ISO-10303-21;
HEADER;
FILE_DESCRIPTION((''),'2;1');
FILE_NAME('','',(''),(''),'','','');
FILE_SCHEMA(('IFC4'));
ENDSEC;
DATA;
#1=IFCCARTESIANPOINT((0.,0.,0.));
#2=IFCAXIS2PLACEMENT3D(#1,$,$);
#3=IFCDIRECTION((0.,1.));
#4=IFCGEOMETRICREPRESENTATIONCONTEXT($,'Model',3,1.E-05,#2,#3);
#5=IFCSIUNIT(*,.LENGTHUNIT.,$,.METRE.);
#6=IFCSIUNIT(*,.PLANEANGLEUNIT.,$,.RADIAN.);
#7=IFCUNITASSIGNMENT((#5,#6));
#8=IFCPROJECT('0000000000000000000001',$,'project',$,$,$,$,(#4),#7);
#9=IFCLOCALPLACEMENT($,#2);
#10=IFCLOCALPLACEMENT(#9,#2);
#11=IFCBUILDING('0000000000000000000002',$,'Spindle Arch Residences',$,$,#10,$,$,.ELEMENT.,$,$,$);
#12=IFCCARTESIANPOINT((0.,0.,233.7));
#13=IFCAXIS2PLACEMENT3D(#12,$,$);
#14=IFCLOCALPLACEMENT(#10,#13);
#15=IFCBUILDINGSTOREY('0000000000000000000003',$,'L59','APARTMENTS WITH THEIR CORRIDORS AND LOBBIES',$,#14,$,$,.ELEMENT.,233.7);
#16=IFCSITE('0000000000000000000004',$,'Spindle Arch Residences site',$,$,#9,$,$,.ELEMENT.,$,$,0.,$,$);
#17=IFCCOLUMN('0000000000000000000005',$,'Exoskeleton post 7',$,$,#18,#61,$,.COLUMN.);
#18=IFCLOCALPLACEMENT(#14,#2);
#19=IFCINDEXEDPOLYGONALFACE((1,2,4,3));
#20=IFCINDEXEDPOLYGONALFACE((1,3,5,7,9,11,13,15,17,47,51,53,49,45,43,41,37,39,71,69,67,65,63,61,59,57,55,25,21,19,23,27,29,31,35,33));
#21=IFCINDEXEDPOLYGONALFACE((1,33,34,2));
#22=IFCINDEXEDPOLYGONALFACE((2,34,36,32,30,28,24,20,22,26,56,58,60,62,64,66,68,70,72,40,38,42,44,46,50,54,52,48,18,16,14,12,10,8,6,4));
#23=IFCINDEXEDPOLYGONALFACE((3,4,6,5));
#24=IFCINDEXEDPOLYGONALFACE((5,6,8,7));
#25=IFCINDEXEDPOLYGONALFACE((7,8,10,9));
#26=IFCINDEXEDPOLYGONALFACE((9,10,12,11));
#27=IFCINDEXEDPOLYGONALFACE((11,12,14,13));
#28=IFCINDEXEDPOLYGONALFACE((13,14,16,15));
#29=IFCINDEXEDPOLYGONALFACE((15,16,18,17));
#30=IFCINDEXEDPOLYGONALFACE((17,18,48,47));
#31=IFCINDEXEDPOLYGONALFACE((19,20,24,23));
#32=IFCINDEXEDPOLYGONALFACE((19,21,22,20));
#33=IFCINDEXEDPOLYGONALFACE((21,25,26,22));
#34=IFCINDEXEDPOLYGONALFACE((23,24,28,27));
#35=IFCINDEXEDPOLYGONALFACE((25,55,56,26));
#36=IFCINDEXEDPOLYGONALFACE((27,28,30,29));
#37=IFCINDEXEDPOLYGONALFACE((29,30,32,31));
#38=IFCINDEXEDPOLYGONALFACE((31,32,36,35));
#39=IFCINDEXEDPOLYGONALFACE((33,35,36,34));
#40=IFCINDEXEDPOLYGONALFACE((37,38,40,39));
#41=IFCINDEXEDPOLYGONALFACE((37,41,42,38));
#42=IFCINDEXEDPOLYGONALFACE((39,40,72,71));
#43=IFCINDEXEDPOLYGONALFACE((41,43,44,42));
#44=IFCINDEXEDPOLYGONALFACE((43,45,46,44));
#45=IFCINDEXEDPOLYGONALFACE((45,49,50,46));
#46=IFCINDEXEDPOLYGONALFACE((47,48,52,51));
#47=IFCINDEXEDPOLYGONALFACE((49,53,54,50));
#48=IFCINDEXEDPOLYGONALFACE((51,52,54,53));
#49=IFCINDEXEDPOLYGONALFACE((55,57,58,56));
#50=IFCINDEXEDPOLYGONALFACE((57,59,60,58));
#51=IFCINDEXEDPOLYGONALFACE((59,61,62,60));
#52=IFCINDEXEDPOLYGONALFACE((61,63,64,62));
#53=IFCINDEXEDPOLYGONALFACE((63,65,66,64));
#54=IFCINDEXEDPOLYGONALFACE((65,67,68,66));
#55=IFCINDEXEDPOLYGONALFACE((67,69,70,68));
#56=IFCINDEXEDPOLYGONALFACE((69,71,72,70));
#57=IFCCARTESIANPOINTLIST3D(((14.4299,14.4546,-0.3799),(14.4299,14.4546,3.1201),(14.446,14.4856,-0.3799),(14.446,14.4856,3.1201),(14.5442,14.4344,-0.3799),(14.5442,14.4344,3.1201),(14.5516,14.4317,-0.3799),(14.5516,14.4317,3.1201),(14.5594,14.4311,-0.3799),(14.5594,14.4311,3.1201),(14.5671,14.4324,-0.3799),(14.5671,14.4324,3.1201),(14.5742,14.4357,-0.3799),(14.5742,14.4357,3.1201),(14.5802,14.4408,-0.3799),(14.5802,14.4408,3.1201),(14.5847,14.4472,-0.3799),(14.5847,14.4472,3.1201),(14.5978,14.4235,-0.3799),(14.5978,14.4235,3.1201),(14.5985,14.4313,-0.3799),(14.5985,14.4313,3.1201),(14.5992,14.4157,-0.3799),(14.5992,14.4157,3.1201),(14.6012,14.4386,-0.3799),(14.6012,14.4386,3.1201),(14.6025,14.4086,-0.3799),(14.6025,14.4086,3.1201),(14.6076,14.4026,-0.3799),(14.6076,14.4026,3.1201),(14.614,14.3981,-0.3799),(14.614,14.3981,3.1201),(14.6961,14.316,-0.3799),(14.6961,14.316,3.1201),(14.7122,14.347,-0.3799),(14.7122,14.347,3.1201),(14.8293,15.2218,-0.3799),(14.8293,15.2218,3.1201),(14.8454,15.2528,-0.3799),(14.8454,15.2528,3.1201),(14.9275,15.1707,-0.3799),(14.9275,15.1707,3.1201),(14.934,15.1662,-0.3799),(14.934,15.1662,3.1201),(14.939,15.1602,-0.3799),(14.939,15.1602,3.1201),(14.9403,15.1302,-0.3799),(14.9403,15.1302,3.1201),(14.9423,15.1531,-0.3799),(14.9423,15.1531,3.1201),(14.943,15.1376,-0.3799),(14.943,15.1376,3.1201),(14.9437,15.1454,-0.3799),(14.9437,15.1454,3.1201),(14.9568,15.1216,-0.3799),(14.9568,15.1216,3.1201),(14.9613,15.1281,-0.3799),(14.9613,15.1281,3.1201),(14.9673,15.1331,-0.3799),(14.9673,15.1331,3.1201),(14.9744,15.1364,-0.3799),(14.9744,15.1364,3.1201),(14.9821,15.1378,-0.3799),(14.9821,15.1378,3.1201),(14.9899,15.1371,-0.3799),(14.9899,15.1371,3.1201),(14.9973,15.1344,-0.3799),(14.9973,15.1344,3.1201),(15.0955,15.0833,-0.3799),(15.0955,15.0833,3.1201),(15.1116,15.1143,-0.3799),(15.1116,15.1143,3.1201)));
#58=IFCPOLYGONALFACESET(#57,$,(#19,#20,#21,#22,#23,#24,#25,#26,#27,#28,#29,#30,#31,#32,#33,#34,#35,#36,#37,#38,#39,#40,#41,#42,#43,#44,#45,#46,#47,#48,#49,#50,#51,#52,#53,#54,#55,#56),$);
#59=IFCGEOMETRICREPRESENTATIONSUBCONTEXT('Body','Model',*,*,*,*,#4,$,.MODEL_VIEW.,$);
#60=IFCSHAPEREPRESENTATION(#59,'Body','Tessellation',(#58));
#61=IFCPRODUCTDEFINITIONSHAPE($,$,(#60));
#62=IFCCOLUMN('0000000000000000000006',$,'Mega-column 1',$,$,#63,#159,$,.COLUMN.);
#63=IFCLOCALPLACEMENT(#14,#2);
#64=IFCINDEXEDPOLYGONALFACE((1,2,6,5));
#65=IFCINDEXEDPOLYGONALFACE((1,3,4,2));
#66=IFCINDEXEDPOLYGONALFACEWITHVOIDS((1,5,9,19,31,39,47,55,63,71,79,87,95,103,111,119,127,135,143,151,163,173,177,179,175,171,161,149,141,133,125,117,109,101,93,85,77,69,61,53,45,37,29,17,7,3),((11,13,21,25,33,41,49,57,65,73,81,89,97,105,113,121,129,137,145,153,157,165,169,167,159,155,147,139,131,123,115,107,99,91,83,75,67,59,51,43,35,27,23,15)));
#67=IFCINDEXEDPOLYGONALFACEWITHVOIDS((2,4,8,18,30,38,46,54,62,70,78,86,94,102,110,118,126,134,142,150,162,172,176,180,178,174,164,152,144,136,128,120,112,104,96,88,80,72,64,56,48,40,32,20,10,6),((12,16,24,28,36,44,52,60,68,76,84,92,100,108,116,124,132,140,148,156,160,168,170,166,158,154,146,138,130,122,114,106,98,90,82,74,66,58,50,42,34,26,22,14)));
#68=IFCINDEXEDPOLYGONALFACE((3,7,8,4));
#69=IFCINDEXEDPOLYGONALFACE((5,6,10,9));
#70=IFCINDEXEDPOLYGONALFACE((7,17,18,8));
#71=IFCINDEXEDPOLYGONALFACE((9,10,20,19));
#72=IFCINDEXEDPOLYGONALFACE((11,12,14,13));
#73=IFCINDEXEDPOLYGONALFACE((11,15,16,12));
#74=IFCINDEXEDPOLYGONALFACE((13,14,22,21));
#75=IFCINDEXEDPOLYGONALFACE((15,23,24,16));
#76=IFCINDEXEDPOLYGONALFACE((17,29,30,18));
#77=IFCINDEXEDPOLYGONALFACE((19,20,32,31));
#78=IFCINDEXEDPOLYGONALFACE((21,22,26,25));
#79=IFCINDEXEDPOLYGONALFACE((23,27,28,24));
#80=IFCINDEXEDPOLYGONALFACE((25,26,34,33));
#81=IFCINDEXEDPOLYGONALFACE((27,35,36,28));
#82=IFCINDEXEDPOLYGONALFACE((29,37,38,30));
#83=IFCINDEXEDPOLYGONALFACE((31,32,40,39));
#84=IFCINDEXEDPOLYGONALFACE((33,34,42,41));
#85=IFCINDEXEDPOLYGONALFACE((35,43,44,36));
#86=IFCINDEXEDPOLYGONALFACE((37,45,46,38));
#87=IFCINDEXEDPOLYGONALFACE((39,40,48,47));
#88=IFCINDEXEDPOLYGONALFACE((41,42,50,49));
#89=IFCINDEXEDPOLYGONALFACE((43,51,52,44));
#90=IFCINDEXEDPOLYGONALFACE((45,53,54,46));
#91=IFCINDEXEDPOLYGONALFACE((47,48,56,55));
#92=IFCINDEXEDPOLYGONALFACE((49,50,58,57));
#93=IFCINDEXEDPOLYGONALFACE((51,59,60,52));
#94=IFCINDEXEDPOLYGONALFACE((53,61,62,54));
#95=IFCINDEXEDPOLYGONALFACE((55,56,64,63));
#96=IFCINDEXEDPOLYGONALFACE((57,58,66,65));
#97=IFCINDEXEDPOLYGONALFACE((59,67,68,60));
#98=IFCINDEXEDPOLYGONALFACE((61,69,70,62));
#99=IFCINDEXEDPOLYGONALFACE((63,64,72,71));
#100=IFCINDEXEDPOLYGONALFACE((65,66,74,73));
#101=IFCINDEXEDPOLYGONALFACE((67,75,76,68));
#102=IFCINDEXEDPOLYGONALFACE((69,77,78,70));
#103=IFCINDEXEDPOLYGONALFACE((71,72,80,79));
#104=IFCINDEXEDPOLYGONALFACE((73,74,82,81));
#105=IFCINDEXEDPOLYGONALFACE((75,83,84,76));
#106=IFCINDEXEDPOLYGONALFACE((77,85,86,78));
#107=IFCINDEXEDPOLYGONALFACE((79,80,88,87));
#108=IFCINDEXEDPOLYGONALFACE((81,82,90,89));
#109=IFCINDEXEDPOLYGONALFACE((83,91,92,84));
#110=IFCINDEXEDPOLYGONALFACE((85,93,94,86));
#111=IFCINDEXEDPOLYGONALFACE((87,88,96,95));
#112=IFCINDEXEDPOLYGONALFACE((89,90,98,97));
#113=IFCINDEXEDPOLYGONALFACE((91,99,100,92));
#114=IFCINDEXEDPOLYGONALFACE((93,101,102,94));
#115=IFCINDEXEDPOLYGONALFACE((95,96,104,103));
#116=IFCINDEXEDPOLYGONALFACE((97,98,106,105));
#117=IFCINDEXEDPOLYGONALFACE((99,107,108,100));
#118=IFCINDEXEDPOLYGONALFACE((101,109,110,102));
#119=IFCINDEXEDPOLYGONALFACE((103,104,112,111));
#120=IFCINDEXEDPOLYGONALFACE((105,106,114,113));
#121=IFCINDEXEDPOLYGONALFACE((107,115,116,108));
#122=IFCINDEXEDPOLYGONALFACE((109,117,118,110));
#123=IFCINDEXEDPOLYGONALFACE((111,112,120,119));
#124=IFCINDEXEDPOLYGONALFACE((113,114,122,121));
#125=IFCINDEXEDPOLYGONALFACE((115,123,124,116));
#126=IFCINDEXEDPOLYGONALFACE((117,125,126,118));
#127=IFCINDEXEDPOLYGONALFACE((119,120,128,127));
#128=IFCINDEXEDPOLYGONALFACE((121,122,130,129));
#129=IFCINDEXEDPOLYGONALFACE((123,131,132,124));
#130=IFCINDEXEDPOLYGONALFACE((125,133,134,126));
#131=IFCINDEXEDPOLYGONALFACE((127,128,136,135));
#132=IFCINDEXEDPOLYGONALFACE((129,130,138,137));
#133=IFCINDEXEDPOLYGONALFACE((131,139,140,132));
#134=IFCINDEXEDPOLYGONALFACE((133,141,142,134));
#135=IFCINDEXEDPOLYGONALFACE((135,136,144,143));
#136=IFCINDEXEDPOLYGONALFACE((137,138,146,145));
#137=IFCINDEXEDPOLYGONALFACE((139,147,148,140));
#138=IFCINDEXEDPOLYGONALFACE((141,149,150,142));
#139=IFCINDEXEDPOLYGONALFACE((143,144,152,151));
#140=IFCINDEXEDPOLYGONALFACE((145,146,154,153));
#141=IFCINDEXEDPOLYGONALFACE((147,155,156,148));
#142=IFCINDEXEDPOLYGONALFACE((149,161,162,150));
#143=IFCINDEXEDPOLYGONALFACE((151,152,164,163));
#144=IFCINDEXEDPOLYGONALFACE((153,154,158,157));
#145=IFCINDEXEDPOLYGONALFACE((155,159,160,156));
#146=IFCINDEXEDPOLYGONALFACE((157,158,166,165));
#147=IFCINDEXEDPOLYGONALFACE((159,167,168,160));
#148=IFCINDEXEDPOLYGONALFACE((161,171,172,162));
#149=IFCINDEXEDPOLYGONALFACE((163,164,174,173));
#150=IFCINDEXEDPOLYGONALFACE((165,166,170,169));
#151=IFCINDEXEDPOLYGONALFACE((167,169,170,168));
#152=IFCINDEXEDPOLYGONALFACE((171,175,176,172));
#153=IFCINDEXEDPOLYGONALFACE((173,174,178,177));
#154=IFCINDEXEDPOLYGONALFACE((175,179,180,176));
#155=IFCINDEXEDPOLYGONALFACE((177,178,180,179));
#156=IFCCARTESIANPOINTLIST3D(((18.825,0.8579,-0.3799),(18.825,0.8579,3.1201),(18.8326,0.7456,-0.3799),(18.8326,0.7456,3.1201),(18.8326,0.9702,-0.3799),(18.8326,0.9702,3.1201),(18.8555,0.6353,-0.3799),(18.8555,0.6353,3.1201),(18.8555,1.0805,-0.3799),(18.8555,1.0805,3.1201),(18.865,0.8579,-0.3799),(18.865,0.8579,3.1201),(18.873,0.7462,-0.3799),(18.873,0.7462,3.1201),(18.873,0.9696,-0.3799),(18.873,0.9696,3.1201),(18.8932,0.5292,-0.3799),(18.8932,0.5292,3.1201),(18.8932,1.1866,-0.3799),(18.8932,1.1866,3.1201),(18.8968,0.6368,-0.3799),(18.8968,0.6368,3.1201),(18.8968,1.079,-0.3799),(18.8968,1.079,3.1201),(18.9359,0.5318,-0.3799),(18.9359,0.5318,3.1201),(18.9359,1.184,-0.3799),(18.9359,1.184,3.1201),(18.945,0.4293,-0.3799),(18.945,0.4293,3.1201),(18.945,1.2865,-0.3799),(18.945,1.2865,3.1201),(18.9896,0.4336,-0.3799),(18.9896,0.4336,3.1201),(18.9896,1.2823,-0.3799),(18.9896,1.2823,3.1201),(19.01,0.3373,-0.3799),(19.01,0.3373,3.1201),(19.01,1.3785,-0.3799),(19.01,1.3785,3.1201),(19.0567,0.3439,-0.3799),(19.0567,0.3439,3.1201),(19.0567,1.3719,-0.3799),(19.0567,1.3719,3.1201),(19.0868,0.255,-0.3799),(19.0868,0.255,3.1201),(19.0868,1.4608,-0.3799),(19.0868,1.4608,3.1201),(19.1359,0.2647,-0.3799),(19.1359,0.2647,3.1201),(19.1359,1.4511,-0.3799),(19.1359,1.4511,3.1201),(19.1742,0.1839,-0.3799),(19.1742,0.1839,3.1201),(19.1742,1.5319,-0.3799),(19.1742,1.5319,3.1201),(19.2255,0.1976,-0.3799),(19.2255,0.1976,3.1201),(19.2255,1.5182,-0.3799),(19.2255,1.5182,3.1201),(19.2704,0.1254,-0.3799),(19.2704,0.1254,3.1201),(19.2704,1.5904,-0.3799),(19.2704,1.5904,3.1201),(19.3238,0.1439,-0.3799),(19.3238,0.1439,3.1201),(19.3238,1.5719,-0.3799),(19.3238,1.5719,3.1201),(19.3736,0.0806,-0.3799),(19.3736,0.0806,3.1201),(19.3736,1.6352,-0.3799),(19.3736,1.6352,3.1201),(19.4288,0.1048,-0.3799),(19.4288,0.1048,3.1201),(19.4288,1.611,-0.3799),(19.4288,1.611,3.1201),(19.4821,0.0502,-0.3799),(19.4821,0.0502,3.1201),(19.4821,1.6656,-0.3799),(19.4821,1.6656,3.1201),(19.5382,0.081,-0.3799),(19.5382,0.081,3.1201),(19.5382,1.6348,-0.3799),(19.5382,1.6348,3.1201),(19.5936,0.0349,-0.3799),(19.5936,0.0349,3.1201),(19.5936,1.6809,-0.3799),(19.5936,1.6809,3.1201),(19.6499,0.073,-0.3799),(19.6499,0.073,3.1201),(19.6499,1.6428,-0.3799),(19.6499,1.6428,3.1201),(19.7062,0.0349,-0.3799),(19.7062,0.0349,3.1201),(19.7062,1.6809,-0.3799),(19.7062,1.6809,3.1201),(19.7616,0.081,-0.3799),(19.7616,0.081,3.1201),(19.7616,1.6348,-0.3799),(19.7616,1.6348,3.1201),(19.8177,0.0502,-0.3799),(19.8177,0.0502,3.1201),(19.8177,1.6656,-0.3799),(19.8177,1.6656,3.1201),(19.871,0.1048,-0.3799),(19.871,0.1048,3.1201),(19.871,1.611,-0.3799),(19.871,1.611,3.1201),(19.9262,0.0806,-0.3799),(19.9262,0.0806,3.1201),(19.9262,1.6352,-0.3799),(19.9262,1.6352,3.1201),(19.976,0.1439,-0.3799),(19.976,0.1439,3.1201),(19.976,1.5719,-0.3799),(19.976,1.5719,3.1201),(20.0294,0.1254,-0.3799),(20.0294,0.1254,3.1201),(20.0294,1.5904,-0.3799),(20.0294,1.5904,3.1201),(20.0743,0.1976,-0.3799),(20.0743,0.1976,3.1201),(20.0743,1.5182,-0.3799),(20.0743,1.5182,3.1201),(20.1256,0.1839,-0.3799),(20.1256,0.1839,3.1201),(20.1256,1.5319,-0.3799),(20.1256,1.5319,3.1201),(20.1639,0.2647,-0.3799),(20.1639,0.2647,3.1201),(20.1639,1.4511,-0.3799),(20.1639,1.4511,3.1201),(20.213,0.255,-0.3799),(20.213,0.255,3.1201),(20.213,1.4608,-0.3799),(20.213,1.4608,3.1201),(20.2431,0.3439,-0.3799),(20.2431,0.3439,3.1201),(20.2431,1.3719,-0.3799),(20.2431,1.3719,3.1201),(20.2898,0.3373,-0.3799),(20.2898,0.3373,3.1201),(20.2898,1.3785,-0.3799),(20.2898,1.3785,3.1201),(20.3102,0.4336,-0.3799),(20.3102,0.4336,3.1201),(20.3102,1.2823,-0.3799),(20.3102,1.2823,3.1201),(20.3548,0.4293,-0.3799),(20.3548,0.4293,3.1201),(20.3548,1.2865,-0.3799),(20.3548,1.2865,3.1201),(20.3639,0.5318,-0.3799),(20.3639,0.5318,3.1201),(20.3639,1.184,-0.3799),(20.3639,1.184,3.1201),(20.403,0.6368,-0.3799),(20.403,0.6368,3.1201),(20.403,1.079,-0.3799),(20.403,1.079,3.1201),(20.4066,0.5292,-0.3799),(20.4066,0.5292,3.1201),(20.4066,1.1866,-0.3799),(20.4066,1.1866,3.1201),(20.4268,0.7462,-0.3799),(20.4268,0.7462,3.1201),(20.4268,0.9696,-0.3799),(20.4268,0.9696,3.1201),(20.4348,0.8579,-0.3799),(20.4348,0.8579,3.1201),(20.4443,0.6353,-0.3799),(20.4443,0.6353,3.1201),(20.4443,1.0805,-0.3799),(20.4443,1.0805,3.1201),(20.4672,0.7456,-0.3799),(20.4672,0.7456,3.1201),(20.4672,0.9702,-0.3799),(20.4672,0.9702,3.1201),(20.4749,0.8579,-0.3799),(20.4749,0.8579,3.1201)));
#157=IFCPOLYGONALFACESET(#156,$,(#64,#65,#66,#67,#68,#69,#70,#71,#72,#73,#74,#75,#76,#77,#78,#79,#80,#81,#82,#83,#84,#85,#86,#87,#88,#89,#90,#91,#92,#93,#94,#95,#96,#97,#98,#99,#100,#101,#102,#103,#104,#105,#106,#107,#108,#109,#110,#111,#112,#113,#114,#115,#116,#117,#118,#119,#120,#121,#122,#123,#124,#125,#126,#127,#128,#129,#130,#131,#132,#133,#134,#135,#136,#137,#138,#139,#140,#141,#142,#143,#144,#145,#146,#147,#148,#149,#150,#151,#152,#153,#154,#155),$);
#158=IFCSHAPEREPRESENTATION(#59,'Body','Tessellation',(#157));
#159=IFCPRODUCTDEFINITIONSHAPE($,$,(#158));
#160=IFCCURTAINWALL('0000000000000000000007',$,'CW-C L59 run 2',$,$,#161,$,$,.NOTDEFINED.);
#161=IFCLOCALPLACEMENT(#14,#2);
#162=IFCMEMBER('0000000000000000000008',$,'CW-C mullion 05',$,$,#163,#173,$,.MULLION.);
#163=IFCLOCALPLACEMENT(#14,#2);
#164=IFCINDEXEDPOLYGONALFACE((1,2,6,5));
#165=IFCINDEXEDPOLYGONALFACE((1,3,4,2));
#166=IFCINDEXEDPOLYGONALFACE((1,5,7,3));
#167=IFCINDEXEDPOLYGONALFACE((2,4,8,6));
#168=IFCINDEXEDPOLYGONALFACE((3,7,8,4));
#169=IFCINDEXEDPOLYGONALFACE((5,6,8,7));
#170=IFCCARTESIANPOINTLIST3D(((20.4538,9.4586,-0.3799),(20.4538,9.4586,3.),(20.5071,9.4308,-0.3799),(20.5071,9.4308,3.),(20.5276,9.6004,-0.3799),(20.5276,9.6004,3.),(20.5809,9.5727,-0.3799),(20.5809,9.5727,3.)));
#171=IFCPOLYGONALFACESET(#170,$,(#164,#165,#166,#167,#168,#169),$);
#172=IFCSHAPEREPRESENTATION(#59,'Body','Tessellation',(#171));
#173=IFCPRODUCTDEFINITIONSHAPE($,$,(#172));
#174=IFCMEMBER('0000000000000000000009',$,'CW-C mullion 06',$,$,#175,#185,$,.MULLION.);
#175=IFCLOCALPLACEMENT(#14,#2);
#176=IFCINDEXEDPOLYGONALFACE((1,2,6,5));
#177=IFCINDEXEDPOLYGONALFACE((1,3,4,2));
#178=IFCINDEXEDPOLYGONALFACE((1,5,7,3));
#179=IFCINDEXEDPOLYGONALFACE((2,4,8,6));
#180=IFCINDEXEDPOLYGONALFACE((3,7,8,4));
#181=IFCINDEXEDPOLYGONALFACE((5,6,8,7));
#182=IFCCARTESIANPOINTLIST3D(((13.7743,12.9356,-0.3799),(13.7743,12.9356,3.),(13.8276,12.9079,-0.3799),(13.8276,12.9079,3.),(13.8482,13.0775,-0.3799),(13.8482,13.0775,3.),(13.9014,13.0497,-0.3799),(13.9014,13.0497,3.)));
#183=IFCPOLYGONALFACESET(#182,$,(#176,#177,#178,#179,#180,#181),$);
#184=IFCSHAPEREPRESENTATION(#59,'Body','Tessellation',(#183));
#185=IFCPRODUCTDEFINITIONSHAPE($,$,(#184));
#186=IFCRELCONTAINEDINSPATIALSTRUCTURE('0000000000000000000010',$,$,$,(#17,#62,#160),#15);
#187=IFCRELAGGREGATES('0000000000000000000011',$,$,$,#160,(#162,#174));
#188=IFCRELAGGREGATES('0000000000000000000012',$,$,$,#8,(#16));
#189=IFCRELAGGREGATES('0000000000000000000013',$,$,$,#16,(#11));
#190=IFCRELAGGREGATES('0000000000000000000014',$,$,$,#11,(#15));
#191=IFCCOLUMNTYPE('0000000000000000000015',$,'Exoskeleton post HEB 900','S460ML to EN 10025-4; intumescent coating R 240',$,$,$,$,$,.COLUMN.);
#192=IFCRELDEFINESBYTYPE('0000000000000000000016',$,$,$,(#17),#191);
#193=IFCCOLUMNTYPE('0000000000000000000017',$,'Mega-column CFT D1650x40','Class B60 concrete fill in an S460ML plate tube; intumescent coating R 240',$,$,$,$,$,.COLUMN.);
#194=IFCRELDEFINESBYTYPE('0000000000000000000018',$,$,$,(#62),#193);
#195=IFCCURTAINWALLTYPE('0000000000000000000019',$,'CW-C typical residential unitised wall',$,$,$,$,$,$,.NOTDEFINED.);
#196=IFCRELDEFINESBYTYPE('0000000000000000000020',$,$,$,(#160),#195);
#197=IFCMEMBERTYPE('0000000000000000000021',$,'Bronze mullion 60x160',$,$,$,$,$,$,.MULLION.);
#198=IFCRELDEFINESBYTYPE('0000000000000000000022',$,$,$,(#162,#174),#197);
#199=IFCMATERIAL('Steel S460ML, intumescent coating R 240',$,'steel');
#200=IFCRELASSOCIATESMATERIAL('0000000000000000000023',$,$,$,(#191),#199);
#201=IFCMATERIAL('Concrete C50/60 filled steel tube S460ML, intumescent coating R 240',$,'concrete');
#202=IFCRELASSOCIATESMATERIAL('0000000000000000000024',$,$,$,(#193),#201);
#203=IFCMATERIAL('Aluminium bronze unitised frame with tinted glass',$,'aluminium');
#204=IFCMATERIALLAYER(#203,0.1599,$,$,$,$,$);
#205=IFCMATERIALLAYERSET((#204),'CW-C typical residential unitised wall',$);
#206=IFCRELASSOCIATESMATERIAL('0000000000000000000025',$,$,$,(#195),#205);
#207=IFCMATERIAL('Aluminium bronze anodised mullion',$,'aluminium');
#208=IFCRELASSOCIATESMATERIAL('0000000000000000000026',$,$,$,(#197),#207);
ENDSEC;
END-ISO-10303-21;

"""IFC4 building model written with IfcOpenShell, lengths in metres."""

from ifc_helpers import new_model, si_unit, direction, frame, origin, origin_2d, place, context, subcontext, project, spatial, rectangle, hollow_circle, i_section, extrude, material, layer, layer_set, material_profile, profile_set, type_object, element, aggregate, save


model = new_model("IFC4")

# Units and contexts
model_context = context("Model", 3, precision=1e-05, world=origin(), true_north=direction((0.0, 1.0)))
body_context = subcontext(model_context, "Body", "Model", "MODEL_VIEW")
ifc_project = project(units=[si_unit("LENGTHUNIT", "METRE"), si_unit("PLANEANGLEUNIT", "RADIAN")], contexts=[model_context])

# Site, building, storey
site_placement = place(None, origin())
site = spatial("IfcSite", under=ifc_project, at=site_placement, Name="Spindle Arch Residences site", CompositionType="ELEMENT", RefElevation=0.0)
building_placement = place(site_placement, origin())
building = spatial("IfcBuilding", under=site, at=building_placement, Name="Spindle Arch Residences", CompositionType="ELEMENT")
storey_placement = place(building_placement, frame((0.0, 0.0, 233.7)))
storey = spatial("IfcBuildingStorey", under=building, at=storey_placement, Name="L59", Description="APARTMENTS WITH THEIR CORRIDORS AND LOBBIES", CompositionType="ELEMENT", Elevation=233.7)

# Columns
ifc_material_1 = material(Name="Steel S460ML, intumescent coating R 240", Category="steel")
ifc_material_profile_1 = material_profile(ifc_material_1, i_section(OverallWidth=0.3, OverallDepth=0.8999, WebThickness=0.0186, FlangeThickness=0.0349, FilletRadius=0.03, at=origin_2d()), Name="HEB 900")
ifc_profile_set_1 = profile_set([ifc_material_profile_1], Name="Steel S460ML, intumescent coating R 240")
column_type_1 = type_object("IfcColumnType", Name="Exoskeleton post HEB 900", Description="S460ML to EN 10025-4; intumescent coating R 240", PredefinedType="COLUMN", material=ifc_profile_set_1)
column_1_placement = place(storey_placement, frame((14.7708, 14.7844, -0.3799), z_axis=(0.0, 0.0, 1.0), x_axis=(0.887011, -0.461749, 0.0)))
element("IfcColumn", 1, at=column_1_placement, inside=storey, type_object=column_type_1, Name="Exoskeleton post 7", PredefinedType="COLUMN", context=body_context, shape_type="SweptSolid", body=[
    extrude(i_section(OverallWidth=0.3, OverallDepth=0.8999, WebThickness=0.0186, FlangeThickness=0.0349, FilletRadius=0.03, at=origin_2d()), origin(), (0.0, 0.0, 1.0), 3.5),
])
ifc_material_2 = material(Name="Concrete C50/60 filled steel tube S460ML, intumescent coating R 240", Category="concrete")
ifc_material_profile_2 = material_profile(ifc_material_2, hollow_circle(Radius=0.825, WallThickness=0.04, at=origin_2d()), Name="CFT D1650x40")
ifc_profile_set_2 = profile_set([ifc_material_profile_2], Name="Concrete C50/60 filled steel tube S460ML, intumescent coating R 240")
column_type_2 = type_object("IfcColumnType", Name="Mega-column CFT D1650x40", Description="Class B60 concrete fill in an S460ML plate tube; intumescent coating R 240", PredefinedType="COLUMN", material=ifc_profile_set_2)
column_2_placement = place(storey_placement, frame((19.6499, 0.8579, -0.3799), z_axis=(0.0, 0.0, 1.0), x_axis=(1.0, 0.0, 0.0)))
element("IfcColumn", 2, at=column_2_placement, inside=storey, type_object=column_type_2, Name="Mega-column 1", PredefinedType="COLUMN", context=body_context, shape_type="SweptSolid", body=[
    extrude(hollow_circle(Radius=0.825, WallThickness=0.04, at=origin_2d()), origin(), (0.0, 0.0, 1.0), 3.5),
])

# Curtain wall, members
ifc_material_3 = material(Name="Aluminium bronze unitised frame with tinted glass", Category="aluminium")
ifc_layer_1 = layer(ifc_material_3, 0.1599)
ifc_layer_set_1 = layer_set([ifc_layer_1], Name="CW-C typical residential unitised wall")
curtain_wall_type = type_object("IfcCurtainWallType", Name="CW-C typical residential unitised wall", PredefinedType="NOTDEFINED", material=ifc_layer_set_1)
curtain_wall_placement = place(storey_placement, origin())
curtain_wall = element("IfcCurtainWall", 3, at=curtain_wall_placement, inside=storey, type_object=curtain_wall_type, Name="CW-C L59 run 2", PredefinedType="NOTDEFINED")
ifc_material_4 = material(Name="Aluminium bronze anodised mullion", Category="aluminium")
ifc_material_profile_3 = material_profile(ifc_material_4, rectangle(XDim=0.1599, YDim=0.0601, at=origin_2d()), Name="MU 60x160")
ifc_profile_set_3 = profile_set([ifc_material_profile_3], Name="Aluminium bronze anodised mullion")
member_type_1 = type_object("IfcMemberType", Name="Bronze mullion 60x160", PredefinedType="MULLION", material=ifc_profile_set_3)
member_1_placement = place(storey_placement, frame((20.5173, 9.5156, -0.3799), z_axis=(0.0, 0.0, 1.0), x_axis=(-0.461749, -0.887011, 0.0)))
member_1 = element("IfcMember", 4, at=member_1_placement, type_object=member_type_1, Name="CW-C mullion 05", PredefinedType="MULLION", context=body_context, shape_type="SweptSolid", body=[
    extrude(rectangle(XDim=0.1599, YDim=0.0601, at=origin_2d()), origin(), (0.0, 0.0, 1.0), 3.3799),
])
member_2_placement = place(storey_placement, frame((13.8379, 12.9927, -0.3799), z_axis=(0.0, 0.0, 1.0), x_axis=(-0.461749, -0.887011, 0.0)))
member_2 = element("IfcMember", 5, at=member_2_placement, type_object=member_type_1, Name="CW-C mullion 06", PredefinedType="MULLION", context=body_context, shape_type="SweptSolid", body=[
    extrude(rectangle(XDim=0.1599, YDim=0.0601, at=origin_2d()), origin(), (0.0, 0.0, 1.0), 3.3799),
])

aggregate(curtain_wall, [member_1, member_2])

save(model, "model.ifc")
